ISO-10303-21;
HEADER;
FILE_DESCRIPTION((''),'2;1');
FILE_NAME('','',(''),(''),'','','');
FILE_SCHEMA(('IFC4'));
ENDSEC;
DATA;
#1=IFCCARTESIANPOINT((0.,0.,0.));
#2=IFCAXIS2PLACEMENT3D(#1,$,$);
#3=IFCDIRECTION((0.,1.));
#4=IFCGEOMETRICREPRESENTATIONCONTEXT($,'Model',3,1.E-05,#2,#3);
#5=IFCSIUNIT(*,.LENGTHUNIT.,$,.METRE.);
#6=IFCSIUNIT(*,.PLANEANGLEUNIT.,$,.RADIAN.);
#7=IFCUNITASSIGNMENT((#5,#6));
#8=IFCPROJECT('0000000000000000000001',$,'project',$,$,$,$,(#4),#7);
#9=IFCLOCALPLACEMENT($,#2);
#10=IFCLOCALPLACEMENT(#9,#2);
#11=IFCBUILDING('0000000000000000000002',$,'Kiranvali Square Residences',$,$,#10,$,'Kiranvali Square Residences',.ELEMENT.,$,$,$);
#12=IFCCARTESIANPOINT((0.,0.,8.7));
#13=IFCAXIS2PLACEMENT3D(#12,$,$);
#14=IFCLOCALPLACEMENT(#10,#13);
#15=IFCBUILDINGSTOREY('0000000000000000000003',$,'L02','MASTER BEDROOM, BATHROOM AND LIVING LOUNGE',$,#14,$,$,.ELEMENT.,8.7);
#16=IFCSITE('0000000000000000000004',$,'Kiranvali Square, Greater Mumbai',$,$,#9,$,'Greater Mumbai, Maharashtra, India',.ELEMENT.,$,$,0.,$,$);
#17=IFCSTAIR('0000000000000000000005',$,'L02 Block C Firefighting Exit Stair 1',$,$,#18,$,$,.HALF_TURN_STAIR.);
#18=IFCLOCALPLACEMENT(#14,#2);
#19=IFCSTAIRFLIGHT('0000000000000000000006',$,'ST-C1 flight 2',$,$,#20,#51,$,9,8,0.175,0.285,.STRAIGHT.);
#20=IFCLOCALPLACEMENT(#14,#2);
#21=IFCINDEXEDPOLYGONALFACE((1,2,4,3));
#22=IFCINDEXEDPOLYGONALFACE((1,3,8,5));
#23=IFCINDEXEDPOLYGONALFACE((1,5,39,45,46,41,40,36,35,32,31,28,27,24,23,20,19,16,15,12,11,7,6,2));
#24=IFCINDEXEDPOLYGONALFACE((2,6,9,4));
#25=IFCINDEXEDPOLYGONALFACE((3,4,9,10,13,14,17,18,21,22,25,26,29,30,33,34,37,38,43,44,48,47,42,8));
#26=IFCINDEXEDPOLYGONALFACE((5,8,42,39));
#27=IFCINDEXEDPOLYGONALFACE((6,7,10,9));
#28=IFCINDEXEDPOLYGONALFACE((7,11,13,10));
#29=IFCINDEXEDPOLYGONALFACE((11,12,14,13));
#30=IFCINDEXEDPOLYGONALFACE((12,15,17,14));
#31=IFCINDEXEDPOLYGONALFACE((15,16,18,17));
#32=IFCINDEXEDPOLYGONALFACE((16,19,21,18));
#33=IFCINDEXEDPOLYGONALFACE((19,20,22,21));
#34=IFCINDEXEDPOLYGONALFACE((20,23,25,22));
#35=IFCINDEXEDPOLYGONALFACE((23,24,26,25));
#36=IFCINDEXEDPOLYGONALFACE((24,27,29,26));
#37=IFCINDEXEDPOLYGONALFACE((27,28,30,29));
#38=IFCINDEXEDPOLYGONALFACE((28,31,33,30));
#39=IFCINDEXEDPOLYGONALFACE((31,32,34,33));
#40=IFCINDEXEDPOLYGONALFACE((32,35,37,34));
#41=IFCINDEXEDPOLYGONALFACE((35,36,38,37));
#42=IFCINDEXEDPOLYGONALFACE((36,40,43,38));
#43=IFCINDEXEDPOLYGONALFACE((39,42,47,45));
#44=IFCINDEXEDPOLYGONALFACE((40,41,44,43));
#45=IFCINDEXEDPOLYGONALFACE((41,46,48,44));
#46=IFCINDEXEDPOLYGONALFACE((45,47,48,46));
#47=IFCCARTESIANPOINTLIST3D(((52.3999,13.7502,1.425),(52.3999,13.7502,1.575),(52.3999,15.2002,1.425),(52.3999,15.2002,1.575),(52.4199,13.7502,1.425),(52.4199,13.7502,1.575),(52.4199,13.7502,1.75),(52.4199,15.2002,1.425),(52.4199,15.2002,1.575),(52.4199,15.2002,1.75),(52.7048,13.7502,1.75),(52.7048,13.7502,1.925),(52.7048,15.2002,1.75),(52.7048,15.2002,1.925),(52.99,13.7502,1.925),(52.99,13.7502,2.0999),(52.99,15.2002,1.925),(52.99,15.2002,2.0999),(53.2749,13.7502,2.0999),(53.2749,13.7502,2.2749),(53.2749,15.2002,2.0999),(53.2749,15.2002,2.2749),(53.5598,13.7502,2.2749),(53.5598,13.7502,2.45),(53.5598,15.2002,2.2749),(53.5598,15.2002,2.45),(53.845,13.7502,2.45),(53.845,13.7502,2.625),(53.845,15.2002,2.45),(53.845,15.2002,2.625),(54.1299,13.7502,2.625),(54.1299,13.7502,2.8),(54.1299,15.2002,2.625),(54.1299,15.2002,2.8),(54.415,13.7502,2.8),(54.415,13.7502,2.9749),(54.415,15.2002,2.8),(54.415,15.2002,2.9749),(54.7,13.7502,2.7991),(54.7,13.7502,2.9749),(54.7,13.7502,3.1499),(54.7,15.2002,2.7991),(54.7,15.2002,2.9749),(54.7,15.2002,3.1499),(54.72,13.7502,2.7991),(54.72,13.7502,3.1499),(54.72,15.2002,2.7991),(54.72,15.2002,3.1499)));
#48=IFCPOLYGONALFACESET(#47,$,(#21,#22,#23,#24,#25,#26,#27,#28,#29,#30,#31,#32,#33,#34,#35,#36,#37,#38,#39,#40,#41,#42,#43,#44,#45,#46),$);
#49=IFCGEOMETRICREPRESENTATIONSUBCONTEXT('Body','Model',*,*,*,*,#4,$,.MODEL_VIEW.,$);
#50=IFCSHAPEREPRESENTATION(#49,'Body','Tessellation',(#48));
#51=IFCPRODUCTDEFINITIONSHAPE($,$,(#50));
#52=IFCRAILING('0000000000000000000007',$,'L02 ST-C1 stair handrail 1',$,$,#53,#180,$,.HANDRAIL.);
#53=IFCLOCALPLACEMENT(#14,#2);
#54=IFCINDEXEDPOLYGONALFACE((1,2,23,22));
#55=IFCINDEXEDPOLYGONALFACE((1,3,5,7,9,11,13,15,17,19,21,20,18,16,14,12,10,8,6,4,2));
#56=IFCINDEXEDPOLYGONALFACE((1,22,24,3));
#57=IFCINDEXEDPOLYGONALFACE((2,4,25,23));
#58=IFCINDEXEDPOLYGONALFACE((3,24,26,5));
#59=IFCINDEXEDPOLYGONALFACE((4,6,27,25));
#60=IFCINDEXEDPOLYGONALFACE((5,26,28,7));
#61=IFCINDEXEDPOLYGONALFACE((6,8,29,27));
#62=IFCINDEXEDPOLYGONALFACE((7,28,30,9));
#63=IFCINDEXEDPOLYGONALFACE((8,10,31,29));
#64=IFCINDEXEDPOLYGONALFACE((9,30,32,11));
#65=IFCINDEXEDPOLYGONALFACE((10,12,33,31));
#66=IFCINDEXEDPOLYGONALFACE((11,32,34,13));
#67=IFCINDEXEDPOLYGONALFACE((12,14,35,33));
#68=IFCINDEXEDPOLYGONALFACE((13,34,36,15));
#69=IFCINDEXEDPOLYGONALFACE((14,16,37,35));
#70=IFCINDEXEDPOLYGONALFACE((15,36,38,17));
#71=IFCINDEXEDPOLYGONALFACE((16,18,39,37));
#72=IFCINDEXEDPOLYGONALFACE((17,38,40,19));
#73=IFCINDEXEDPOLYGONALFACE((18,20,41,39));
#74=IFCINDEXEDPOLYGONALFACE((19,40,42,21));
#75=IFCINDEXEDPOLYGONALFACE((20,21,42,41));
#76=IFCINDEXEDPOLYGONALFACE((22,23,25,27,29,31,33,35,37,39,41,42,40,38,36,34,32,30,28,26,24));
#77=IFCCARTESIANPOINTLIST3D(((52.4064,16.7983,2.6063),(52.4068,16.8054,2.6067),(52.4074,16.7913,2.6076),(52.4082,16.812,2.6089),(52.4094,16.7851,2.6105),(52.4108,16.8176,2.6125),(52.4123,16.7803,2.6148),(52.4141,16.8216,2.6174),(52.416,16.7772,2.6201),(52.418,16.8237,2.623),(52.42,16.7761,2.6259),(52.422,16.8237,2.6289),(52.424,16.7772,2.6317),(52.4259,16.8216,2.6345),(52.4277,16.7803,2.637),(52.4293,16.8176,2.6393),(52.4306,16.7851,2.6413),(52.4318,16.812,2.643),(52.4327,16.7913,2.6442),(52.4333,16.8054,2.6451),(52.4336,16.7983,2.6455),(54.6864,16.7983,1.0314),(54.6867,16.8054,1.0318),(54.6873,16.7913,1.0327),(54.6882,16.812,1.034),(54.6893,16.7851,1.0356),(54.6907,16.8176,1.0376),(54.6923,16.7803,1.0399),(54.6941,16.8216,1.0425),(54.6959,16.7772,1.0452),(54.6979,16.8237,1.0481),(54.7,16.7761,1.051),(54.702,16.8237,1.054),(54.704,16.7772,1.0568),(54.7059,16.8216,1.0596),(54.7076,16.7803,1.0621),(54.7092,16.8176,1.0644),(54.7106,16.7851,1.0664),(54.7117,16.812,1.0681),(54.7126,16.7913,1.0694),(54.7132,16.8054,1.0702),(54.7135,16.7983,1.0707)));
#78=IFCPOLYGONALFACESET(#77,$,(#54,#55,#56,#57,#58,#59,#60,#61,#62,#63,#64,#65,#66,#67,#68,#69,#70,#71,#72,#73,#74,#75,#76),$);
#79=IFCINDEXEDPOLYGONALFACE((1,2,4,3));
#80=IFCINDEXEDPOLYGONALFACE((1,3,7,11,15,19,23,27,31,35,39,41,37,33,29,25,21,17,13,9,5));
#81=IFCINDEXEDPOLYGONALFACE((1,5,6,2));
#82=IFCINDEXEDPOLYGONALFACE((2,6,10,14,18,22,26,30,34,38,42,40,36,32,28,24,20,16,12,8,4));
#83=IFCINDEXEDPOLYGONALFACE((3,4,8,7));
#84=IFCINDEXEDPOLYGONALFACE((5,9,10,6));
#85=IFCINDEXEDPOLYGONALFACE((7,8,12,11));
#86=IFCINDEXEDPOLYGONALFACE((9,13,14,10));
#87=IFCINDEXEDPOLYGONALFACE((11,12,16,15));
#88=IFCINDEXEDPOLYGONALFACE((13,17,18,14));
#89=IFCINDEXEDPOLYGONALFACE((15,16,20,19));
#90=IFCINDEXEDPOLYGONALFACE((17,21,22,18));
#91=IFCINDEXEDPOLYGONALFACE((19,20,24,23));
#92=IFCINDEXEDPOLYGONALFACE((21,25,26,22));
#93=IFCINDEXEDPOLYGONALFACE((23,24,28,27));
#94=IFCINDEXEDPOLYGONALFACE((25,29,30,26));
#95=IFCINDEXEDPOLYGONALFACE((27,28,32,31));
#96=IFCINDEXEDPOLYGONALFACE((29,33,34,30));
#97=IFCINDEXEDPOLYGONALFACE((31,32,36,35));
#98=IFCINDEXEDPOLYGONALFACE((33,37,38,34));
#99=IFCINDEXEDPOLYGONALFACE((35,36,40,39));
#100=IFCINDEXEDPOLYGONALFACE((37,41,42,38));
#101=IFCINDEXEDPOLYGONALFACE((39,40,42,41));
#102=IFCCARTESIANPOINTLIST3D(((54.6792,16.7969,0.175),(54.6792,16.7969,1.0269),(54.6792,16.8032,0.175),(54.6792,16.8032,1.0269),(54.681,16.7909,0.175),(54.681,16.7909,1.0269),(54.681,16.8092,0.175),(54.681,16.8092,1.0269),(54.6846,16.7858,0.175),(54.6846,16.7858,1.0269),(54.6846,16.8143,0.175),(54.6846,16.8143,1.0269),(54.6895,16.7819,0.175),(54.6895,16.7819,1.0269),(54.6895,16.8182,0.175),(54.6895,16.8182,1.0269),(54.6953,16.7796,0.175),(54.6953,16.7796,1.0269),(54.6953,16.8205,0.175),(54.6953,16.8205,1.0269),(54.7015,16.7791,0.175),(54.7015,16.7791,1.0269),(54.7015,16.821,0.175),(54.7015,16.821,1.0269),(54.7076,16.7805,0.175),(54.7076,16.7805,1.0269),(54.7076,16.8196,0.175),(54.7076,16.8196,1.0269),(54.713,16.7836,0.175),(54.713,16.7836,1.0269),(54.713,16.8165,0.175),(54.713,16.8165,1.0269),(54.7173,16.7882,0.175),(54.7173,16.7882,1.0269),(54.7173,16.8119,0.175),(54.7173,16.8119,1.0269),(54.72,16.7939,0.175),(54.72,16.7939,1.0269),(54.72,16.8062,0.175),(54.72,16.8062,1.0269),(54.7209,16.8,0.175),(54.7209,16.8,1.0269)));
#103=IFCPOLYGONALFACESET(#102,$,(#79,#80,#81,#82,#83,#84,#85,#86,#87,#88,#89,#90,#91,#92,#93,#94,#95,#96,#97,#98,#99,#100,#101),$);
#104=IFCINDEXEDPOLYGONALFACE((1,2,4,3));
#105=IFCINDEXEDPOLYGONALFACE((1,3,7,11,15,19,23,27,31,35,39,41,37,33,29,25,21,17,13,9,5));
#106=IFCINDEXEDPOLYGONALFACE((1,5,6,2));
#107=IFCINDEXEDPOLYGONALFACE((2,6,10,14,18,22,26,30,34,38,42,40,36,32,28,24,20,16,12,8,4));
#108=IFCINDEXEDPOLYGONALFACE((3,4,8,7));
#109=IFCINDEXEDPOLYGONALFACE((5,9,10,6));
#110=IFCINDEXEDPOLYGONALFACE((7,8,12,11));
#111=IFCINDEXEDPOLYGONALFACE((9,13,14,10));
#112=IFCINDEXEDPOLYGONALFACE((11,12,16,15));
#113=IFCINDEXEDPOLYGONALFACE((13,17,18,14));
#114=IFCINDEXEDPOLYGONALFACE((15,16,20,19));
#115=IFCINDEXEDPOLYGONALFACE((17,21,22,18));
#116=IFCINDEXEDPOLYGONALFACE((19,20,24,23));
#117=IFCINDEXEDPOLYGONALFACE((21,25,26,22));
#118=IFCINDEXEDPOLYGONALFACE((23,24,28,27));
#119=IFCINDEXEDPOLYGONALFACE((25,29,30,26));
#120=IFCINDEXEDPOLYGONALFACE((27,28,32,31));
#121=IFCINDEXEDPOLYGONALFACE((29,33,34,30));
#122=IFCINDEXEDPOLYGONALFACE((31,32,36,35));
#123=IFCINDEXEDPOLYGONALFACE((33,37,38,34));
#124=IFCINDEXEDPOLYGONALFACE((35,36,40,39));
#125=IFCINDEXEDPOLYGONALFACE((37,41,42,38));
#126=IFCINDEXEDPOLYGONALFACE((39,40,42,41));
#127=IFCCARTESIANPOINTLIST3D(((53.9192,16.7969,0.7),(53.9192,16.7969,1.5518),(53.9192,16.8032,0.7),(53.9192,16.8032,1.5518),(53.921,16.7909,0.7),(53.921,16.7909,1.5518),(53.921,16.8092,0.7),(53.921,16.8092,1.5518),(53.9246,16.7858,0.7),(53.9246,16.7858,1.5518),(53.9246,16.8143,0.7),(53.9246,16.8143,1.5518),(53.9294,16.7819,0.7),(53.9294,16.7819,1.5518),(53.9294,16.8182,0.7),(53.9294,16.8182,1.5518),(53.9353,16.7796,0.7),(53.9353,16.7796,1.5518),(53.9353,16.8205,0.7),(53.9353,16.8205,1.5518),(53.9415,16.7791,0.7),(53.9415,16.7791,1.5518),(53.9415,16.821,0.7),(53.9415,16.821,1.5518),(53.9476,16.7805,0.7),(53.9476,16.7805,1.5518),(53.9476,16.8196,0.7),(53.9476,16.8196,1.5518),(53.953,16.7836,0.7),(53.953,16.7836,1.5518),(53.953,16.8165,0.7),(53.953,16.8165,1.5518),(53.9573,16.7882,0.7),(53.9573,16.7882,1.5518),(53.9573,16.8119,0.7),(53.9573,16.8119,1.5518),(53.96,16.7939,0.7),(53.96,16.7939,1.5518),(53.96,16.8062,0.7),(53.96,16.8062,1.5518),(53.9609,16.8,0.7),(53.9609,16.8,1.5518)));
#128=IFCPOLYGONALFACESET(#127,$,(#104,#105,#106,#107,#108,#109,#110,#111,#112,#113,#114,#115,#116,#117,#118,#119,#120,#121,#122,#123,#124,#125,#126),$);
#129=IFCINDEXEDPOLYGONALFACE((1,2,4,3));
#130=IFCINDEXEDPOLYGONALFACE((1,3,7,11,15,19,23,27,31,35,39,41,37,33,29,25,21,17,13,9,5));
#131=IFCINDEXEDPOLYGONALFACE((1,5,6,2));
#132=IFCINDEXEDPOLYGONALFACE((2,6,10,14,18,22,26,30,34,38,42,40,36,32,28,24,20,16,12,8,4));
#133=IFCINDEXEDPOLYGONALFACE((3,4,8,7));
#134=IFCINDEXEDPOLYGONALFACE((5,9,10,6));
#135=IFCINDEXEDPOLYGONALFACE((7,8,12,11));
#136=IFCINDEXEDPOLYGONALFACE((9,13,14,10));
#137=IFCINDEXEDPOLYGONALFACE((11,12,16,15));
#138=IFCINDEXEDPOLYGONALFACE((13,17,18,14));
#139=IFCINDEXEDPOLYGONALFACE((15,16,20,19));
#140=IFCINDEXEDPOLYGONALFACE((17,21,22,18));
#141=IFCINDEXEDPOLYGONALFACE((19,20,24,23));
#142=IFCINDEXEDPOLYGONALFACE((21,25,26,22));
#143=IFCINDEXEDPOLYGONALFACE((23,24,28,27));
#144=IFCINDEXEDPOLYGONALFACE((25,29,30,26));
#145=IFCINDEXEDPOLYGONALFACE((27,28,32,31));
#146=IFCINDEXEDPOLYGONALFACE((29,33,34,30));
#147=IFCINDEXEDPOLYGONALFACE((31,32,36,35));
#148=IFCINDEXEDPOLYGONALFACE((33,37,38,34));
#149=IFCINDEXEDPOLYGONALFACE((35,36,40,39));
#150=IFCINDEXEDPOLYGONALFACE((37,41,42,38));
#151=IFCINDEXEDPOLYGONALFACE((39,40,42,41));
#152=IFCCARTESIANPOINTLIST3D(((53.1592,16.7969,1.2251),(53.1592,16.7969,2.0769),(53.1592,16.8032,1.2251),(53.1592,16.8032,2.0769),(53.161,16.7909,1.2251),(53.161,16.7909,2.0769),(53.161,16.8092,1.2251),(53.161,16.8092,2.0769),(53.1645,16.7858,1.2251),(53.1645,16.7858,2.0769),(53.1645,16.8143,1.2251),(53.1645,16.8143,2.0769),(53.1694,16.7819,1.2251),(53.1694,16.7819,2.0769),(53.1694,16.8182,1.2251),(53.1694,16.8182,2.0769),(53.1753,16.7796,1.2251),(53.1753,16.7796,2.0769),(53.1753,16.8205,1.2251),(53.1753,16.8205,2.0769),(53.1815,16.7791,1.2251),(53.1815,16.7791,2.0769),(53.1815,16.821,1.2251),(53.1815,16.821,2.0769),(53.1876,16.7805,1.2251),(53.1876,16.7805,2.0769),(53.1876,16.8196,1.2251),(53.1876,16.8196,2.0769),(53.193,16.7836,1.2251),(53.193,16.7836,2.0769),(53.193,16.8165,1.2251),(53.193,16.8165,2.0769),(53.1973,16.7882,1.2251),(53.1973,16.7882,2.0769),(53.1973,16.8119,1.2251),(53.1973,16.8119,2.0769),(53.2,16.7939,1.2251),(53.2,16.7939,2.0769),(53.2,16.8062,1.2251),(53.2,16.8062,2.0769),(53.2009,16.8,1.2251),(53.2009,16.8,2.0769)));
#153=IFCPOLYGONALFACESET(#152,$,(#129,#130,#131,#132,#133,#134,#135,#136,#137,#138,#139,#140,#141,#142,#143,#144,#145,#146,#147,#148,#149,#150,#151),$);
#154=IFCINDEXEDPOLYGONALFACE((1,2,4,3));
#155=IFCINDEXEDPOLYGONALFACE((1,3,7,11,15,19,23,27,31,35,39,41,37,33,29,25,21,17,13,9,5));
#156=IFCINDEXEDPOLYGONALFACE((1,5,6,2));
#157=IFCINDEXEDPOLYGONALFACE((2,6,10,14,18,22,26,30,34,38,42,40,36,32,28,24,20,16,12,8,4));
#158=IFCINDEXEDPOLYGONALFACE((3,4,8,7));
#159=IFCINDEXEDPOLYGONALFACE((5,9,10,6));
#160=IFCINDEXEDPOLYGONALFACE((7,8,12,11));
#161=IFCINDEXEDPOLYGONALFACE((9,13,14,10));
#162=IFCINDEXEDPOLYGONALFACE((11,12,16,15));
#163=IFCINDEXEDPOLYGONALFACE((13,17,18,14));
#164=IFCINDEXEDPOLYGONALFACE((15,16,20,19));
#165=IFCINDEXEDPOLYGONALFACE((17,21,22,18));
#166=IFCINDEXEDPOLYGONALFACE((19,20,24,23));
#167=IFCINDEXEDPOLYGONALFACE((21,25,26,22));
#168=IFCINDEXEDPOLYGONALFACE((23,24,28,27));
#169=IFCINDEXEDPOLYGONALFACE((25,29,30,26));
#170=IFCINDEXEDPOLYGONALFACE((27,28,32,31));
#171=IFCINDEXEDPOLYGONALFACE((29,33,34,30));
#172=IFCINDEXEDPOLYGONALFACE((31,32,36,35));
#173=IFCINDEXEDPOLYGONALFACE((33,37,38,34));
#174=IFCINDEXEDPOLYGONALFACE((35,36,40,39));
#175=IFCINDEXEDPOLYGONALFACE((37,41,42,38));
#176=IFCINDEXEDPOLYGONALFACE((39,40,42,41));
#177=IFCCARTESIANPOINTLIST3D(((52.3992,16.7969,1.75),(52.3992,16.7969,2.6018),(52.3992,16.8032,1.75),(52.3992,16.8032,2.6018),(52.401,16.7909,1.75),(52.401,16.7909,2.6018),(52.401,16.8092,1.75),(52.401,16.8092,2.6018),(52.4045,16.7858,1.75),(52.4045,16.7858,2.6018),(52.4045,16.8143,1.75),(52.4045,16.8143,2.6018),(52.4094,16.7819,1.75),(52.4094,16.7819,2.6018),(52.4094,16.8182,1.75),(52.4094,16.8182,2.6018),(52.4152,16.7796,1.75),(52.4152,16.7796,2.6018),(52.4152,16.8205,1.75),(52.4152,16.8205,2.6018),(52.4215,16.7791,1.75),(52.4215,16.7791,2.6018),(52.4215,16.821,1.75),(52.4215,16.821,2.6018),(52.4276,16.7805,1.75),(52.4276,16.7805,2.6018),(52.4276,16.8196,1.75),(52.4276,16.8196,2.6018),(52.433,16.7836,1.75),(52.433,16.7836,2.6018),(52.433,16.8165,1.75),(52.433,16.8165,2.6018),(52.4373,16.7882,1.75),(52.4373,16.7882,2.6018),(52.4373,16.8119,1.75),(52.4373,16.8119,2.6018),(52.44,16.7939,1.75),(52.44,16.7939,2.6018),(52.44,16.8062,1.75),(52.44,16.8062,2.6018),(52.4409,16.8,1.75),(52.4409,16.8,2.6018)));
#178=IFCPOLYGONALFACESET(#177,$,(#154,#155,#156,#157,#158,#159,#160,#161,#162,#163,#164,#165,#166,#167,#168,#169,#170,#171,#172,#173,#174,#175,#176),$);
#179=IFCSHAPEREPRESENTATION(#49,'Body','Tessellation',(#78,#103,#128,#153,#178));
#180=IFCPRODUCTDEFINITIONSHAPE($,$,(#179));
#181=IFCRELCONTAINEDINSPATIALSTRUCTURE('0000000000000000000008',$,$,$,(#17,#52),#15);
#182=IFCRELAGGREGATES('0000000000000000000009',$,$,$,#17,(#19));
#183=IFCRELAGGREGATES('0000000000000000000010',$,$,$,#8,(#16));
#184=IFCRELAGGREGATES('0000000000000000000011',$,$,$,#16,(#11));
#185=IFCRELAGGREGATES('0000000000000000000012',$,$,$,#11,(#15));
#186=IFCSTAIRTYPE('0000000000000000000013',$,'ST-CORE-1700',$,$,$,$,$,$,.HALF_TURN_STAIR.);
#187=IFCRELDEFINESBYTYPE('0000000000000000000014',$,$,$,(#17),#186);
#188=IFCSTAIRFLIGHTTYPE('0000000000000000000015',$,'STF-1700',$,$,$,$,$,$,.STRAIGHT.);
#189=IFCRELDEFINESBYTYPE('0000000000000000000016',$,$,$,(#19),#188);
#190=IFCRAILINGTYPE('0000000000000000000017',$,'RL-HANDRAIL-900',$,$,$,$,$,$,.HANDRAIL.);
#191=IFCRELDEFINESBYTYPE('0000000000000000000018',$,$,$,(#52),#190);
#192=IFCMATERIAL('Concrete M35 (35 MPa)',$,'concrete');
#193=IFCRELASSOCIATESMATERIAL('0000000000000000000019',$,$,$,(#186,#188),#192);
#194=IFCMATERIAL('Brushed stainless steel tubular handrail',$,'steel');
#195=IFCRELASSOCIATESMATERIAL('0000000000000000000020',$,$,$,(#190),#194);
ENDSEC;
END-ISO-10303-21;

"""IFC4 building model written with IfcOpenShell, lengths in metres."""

from ifc_helpers import new_model, si_unit, direction, frame, origin, origin_2d, place, context, subcontext, project, spatial, polyline, circle, outline, extrude, material, type_object, element, aggregate, save


model = new_model("IFC4")

# Units and contexts
model_context = context("Model", 3, precision=1e-05, world=origin(), true_north=direction((0.0, 1.0)))
body_context = subcontext(model_context, "Body", "Model", "MODEL_VIEW")
ifc_project = project(units=[si_unit("LENGTHUNIT", "METRE"), si_unit("PLANEANGLEUNIT", "RADIAN")], contexts=[model_context])

# Site, building, storey
site_placement = place(None, origin())
site = spatial("IfcSite", under=ifc_project, at=site_placement, Name="Kiranvali Square, Greater Mumbai", LongName="Greater Mumbai, Maharashtra, India", CompositionType="ELEMENT", RefElevation=0.0)
building_placement = place(site_placement, origin())
building = spatial("IfcBuilding", under=site, at=building_placement, Name="Kiranvali Square Residences", LongName="Kiranvali Square Residences", CompositionType="ELEMENT")
storey_placement = place(building_placement, frame((0.0, 0.0, 8.7)))
storey = spatial("IfcBuildingStorey", under=building, at=storey_placement, Name="L02", Description="MASTER BEDROOM, BATHROOM AND LIVING LOUNGE", CompositionType="ELEMENT", Elevation=8.7)

# Stair, stair flight
ifc_material_1 = material(Name="Concrete M35 (35 MPa)", Category="concrete")
stair_type = type_object("IfcStairType", Name="ST-CORE-1700", PredefinedType="HALF_TURN_STAIR", material=ifc_material_1)
stair_placement = place(storey_placement, origin())
stair = element("IfcStair", 1, at=stair_placement, inside=storey, type_object=stair_type, Name="L02 Block C Firefighting Exit Stair 1", PredefinedType="HALF_TURN_STAIR")
stair_flight_type = type_object("IfcStairFlightType", Name="STF-1700", PredefinedType="STRAIGHT", material=ifc_material_1)
stair_flight_1_placement = place(storey_placement, frame((52.4199, 14.4751, 1.575), z_axis=(0.0, 0.0, 1.0), x_axis=(1.0, 0.0, 0.0)))
stair_flight_1 = element("IfcStairFlight", 2, at=stair_flight_1_placement, type_object=stair_flight_type, Name="ST-C1 flight 2", NumberOfRisers=9, NumberOfTreads=8, PredefinedType="STRAIGHT", RiserHeight=0.175, TreadLength=0.285, context=body_context, shape_type="SweptSolid", body=[
    extrude(outline(polyline([(-0.02, -0.1499), (-0.02, 0.0), (0.0, 0.0), (0.0, 0.175), (0.2849, 0.175), (0.2849, 0.3501), (0.5701, 0.3501), (0.5701, 0.5249), (0.855, 0.5249), (0.855, 0.7), (1.1399, 0.7), (1.1399, 0.875), (1.425, 0.875), (1.425, 1.05), (1.71, 1.05), (1.71, 1.2251), (1.9951, 1.2251), (1.9951, 1.3999), (2.28, 1.3999), (2.28, 1.575), (2.3, 1.575), (2.3, 1.2241), (2.28, 1.2241), (0.0, -0.1499), (-0.02, -0.1499)])), frame((0.0, 0.7251, 0.0), z_axis=(0.0, -1.0, 0.0), x_axis=(1.0, 0.0, 0.0)), (0.0, 0.0, 1.0), 1.45),
])
aggregate(stair, [stair_flight_1])

# Railing
ifc_material_2 = material(Name="Brushed stainless steel tubular handrail", Category="steel")
railing_type_1 = type_object("IfcRailingType", Name="RL-HANDRAIL-900", PredefinedType="HANDRAIL", material=ifc_material_2)
railing_1_placement = place(storey_placement, frame((54.7, 16.8, 0.175)))
element("IfcRailing", 3, at=railing_1_placement, inside=storey, type_object=railing_type_1, Name="L02 ST-C1 stair handrail 1", PredefinedType="HANDRAIL", context=body_context, shape_type="SweptSolid", body=[
    extrude(circle(Radius=0.0239, at=origin_2d()), frame((0.0, 0.0, 0.876), z_axis=(-0.822788, 0.0, 0.568348), x_axis=(0.0, -1.0, 0.0)), (0.0, 0.0, 1.0), 2.771),
    extrude(circle(Radius=0.021, at=origin_2d()), origin(), (0.0, 0.0, 1.0), 0.8518),
    extrude(circle(Radius=0.021, at=origin_2d()), frame((-0.76, 0.0, 0.5249)), (0.0, 0.0, 1.0), 0.8518),
    extrude(circle(Radius=0.021, at=origin_2d()), frame((-1.52, 0.0, 1.05)), (0.0, 0.0, 1.0), 0.8518),
    extrude(circle(Radius=0.021, at=origin_2d()), frame((-2.28, 0.0, 1.575)), (0.0, 0.0, 1.0), 0.8518),
])

save(model, "model.ifc")
